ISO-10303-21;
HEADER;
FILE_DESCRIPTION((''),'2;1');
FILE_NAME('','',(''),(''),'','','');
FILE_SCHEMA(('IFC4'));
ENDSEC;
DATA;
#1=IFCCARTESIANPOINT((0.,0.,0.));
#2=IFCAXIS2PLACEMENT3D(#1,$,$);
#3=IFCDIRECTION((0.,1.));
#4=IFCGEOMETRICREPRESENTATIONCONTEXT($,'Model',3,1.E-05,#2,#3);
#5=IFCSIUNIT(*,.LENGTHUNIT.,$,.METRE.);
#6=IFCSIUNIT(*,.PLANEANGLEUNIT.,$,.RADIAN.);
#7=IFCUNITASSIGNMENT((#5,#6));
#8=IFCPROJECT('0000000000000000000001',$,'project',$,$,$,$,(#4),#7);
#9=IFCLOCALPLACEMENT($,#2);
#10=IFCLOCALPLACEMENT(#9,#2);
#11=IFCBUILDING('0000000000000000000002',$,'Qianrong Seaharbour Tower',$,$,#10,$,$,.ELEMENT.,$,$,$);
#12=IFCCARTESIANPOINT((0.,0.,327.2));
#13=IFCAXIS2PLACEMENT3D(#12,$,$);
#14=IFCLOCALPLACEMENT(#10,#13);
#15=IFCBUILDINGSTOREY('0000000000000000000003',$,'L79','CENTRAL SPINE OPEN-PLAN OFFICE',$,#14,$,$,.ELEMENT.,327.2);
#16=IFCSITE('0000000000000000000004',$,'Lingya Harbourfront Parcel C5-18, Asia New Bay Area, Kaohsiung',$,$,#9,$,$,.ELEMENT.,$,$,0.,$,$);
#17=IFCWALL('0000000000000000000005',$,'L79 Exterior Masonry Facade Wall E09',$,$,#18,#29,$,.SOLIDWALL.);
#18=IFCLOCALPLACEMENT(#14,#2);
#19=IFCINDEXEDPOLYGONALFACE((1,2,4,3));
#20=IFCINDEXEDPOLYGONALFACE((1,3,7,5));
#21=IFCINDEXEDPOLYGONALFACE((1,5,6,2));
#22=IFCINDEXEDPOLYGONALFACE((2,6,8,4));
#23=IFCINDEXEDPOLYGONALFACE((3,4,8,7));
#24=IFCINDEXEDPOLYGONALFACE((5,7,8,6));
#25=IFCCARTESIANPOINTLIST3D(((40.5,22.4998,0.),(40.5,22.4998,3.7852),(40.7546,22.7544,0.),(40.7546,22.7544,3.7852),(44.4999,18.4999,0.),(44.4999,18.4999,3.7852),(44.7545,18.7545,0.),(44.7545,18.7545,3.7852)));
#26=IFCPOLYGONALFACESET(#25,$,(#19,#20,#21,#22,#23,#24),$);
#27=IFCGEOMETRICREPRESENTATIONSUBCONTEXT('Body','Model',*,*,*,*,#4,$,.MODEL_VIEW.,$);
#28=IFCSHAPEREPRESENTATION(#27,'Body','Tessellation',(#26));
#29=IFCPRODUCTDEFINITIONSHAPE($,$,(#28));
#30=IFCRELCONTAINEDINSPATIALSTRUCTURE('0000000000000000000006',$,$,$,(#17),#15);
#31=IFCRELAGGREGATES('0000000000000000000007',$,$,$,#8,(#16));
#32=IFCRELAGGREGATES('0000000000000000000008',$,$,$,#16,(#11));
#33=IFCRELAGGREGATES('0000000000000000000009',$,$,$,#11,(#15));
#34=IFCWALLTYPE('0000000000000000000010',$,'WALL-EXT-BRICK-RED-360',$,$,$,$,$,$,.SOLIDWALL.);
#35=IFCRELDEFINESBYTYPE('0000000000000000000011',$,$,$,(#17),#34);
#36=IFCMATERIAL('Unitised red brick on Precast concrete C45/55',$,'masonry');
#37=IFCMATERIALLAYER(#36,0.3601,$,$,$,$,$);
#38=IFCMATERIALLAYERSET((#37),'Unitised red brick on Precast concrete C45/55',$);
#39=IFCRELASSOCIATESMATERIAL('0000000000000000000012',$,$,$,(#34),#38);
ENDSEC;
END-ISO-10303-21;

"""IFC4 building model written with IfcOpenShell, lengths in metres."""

from ifc_helpers import new_model, si_unit, direction, frame, frame_2d, origin, place, context, subcontext, project, spatial, rectangle, extrude, material, layer, layer_set, type_object, element, save


model = new_model("IFC4")

# Units and contexts
model_context = context("Model", 3, precision=1e-05, world=origin(), true_north=direction((0.0, 1.0)))
body_context = subcontext(model_context, "Body", "Model", "MODEL_VIEW")
ifc_project = project(units=[si_unit("LENGTHUNIT", "METRE"), si_unit("PLANEANGLEUNIT", "RADIAN")], contexts=[model_context])

# Site, building, storey
site_placement = place(None, origin())
site = spatial("IfcSite", under=ifc_project, at=site_placement, Name="Lingya Harbourfront Parcel C5-18, Asia New Bay Area, Kaohsiung", CompositionType="ELEMENT", RefElevation=0.0)
building_placement = place(site_placement, origin())
building = spatial("IfcBuilding", under=site, at=building_placement, Name="Qianrong Seaharbour Tower", CompositionType="ELEMENT")
storey_placement = place(building_placement, frame((0.0, 0.0, 327.2)))
storey = spatial("IfcBuildingStorey", under=building, at=storey_placement, Name="L79", Description="CENTRAL SPINE OPEN-PLAN OFFICE", CompositionType="ELEMENT", Elevation=327.2)

# Wall
ifc_material_1 = material(Name="Unitised red brick on Precast concrete C45/55", Category="masonry")
ifc_layer_1 = layer(ifc_material_1, 0.3601)
ifc_layer_set_1 = layer_set([ifc_layer_1], Name="Unitised red brick on Precast concrete C45/55")
wall_type_1 = type_object("IfcWallType", Name="WALL-EXT-BRICK-RED-360", PredefinedType="SOLIDWALL", material=ifc_layer_set_1)
wall_1_placement = place(storey_placement, frame((44.6272, 18.6272, 0.0), z_axis=(0.0, 0.0, 1.0), x_axis=(-0.707107, 0.707107, 0.0)))
element("IfcWall", 1, at=wall_1_placement, inside=storey, type_object=wall_type_1, Name="L79 Exterior Masonry Facade Wall E09", PredefinedType="SOLIDWALL", context=body_context, shape_type="SweptSolid", body=[
    extrude(rectangle(XDim=5.6567, YDim=0.3601, at=frame_2d((2.8284, 0.0))), origin(), (0.0, 0.0, 1.0), 3.7852),
])

save(model, "model.ifc")
